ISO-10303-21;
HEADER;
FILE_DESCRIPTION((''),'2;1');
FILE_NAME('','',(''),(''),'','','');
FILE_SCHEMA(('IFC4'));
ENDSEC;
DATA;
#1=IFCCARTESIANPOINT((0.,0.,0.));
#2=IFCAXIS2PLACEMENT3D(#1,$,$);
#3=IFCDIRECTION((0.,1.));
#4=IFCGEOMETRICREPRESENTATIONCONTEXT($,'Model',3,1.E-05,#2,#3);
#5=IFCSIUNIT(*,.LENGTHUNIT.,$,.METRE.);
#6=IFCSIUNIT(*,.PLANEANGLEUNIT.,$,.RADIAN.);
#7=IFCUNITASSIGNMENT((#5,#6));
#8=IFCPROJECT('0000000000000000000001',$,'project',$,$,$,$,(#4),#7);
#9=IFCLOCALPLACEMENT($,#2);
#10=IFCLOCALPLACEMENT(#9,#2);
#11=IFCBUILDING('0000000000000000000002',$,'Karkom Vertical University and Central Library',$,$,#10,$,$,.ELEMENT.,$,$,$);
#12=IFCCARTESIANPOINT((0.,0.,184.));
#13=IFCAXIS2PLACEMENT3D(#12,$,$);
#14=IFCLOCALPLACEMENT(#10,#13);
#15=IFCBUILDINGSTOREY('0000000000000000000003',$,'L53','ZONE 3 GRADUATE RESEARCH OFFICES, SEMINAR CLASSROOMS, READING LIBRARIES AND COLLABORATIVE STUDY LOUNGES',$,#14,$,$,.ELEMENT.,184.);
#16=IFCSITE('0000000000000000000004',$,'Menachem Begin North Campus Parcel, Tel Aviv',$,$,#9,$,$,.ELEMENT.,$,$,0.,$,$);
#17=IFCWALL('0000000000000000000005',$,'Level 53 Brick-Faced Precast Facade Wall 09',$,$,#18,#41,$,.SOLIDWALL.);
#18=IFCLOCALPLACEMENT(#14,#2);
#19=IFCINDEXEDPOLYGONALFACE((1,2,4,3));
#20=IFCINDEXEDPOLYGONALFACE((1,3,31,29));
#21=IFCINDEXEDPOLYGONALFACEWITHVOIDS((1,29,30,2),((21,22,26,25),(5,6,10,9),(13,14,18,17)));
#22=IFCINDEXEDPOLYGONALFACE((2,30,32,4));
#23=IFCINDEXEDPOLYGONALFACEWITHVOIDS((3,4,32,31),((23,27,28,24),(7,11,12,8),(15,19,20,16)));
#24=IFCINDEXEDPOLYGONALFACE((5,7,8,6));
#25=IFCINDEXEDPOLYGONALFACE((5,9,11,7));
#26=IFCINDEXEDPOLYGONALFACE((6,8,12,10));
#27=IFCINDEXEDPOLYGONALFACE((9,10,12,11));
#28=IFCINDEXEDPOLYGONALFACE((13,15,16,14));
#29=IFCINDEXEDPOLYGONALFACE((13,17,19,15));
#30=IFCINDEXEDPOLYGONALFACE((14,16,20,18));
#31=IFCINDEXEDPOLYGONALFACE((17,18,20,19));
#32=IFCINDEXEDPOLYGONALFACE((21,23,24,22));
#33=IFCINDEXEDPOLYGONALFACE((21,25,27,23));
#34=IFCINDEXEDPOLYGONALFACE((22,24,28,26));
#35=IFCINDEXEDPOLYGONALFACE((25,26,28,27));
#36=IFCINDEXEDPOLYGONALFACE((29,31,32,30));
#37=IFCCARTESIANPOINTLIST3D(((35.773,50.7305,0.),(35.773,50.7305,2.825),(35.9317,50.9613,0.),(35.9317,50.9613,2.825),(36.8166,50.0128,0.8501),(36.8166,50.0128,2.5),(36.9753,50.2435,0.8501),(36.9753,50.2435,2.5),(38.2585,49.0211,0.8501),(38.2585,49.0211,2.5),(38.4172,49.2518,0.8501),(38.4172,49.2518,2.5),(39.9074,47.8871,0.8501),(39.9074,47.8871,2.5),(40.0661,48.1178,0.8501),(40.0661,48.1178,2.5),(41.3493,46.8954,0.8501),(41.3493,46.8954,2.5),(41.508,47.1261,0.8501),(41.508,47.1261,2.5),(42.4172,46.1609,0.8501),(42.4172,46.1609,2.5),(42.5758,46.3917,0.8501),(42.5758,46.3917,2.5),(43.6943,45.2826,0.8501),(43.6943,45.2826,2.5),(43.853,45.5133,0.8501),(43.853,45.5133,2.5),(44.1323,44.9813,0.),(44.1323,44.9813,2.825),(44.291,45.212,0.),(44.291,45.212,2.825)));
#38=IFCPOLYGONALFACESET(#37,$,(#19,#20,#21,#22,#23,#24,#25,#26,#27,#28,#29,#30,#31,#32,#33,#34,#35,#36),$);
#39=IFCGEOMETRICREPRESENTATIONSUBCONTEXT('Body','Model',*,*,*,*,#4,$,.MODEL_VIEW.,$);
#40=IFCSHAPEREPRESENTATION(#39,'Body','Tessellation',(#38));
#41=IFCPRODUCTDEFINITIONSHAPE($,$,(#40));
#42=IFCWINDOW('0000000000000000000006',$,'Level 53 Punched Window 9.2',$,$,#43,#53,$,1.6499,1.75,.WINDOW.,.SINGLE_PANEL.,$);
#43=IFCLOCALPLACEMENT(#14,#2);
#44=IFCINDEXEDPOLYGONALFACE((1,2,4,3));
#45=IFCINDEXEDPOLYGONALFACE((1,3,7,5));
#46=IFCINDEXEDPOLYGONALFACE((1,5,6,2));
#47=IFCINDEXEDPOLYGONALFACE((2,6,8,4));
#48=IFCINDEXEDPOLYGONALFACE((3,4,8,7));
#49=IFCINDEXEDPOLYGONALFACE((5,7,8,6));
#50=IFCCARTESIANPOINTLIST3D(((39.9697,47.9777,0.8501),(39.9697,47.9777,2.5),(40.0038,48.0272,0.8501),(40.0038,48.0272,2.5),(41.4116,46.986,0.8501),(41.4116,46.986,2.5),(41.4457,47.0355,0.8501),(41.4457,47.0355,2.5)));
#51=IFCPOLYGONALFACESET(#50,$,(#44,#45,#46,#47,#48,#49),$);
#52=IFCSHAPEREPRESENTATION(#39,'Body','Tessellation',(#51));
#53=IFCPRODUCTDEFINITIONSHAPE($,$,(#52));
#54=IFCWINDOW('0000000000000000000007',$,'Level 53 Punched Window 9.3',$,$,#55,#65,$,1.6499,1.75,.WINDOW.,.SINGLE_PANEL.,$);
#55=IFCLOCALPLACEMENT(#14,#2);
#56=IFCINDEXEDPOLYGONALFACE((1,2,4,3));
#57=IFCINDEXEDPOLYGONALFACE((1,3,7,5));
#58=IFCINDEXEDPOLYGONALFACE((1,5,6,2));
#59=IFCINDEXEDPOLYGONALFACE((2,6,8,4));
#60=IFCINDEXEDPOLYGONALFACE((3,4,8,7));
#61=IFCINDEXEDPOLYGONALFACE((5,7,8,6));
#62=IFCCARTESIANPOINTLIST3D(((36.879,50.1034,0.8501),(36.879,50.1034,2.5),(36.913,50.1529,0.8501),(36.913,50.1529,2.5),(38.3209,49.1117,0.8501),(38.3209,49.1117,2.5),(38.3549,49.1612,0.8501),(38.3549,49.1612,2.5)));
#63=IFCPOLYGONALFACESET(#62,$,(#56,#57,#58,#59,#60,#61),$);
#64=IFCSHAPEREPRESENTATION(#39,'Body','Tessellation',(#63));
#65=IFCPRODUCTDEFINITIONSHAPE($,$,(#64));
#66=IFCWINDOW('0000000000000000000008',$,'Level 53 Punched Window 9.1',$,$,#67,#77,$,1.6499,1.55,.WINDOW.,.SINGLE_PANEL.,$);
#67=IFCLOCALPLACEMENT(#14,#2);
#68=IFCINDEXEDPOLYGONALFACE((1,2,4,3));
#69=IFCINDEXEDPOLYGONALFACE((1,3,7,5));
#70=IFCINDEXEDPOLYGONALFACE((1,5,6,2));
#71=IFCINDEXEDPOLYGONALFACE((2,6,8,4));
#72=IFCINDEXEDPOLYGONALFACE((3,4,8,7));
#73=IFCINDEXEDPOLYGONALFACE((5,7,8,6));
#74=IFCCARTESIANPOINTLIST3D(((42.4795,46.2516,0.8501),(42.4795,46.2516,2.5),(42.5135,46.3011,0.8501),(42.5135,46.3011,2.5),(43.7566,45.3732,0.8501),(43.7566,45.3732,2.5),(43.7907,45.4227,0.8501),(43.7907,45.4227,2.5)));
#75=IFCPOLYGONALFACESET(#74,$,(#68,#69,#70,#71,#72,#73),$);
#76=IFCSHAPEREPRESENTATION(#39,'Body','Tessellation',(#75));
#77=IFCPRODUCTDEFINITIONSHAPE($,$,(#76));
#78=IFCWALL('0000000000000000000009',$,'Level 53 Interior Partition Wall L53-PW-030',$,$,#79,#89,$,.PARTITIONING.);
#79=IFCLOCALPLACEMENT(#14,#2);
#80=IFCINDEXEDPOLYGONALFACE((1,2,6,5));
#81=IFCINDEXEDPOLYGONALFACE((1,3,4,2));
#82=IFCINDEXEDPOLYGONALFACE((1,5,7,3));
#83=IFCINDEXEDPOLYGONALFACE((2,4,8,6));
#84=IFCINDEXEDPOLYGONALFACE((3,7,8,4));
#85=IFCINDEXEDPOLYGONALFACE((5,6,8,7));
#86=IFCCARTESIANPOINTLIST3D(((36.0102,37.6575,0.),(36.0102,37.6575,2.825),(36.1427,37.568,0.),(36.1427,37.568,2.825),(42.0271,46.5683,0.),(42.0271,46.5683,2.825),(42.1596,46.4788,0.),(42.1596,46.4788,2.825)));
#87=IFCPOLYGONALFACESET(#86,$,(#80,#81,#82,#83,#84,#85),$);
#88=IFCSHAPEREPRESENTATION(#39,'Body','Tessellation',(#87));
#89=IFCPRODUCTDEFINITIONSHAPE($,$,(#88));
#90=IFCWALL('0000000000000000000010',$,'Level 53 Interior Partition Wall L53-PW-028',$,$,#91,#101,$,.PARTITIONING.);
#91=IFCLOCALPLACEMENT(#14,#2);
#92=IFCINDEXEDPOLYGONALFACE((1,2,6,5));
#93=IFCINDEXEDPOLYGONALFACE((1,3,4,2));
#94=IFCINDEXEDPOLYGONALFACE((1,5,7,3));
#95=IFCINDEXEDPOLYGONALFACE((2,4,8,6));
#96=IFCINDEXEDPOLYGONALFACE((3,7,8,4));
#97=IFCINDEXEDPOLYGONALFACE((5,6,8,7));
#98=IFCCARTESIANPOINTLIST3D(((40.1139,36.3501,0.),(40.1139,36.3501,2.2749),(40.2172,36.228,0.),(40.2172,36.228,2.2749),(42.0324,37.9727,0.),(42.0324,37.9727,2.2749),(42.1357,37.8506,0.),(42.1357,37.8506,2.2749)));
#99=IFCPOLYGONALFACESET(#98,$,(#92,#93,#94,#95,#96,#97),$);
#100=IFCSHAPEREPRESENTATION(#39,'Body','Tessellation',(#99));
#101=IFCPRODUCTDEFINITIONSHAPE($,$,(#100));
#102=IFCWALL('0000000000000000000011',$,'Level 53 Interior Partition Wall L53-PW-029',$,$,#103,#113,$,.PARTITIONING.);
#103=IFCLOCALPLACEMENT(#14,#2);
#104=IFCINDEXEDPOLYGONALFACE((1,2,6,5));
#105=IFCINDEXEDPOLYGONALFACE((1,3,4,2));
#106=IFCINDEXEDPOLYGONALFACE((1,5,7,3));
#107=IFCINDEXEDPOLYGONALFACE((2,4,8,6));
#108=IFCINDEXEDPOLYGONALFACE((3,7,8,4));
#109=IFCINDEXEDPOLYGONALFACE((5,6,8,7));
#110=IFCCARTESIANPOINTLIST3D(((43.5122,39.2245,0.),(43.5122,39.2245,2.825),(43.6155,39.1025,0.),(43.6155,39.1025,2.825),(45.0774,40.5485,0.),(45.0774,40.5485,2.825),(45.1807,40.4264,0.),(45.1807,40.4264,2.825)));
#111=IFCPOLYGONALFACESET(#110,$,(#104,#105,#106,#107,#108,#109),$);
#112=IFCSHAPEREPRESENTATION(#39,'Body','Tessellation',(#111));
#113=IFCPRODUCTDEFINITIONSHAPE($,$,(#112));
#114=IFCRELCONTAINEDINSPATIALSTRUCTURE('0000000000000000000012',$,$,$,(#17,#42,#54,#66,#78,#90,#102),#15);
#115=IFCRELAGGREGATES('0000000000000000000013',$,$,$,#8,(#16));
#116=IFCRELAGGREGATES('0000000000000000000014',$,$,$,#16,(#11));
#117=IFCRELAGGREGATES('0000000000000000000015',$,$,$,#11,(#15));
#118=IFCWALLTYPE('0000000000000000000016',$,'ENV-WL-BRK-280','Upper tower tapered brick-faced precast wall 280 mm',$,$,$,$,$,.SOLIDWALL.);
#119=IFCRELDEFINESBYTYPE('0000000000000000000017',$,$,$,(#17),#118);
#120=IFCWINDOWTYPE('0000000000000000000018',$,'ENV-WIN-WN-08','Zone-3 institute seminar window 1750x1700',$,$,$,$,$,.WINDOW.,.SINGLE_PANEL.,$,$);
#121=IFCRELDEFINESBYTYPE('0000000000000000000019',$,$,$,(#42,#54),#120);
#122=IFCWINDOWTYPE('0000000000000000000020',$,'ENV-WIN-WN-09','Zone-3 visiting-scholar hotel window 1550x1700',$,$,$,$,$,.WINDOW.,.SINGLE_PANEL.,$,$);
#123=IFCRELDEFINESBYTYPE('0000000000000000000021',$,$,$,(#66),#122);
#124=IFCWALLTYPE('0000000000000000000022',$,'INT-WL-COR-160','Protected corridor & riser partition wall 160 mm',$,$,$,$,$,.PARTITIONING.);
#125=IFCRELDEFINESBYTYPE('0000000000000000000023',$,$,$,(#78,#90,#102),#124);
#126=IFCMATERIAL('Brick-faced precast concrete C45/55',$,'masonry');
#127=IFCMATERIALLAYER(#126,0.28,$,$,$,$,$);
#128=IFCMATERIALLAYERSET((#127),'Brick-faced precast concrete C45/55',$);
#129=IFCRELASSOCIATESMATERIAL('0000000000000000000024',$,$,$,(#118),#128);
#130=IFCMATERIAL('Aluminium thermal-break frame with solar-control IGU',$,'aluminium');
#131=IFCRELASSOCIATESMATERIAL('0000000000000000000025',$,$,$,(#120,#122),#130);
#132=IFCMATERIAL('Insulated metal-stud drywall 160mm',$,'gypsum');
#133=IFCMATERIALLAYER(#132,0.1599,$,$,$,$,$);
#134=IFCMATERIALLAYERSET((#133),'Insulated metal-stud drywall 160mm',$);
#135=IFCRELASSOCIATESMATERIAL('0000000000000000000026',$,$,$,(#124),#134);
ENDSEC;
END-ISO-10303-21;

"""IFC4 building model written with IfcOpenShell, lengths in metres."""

from ifc_helpers import new_model, si_unit, direction, frame, frame_2d, origin, origin_with_axes, place, context, subcontext, project, spatial, rectangle, extrude, source, transform, mapped, material, layer, layer_set, type_object, element, fill, save


model = new_model("IFC4")

# Units and contexts
model_context = context("Model", 3, precision=1e-05, world=origin(), true_north=direction((0.0, 1.0)))
body_context = subcontext(model_context, "Body", "Model", "MODEL_VIEW")
ifc_project = project(units=[si_unit("LENGTHUNIT", "METRE"), si_unit("PLANEANGLEUNIT", "RADIAN")], contexts=[model_context])

# Site, building, storey
site_placement = place(None, origin())
site = spatial("IfcSite", under=ifc_project, at=site_placement, Name="Menachem Begin North Campus Parcel, Tel Aviv", CompositionType="ELEMENT", RefElevation=0.0)
building_placement = place(site_placement, origin())
building = spatial("IfcBuilding", under=site, at=building_placement, Name="Karkom Vertical University and Central Library", CompositionType="ELEMENT")
storey_placement = place(building_placement, frame((0.0, 0.0, 184.0)))
storey = spatial("IfcBuildingStorey", under=building, at=storey_placement, Name="L53", Description="ZONE 3 GRADUATE RESEARCH OFFICES, SEMINAR CLASSROOMS, READING LIBRARIES AND COLLABORATIVE STUDY LOUNGES", CompositionType="ELEMENT", Elevation=184.0)

# Wall, openings, windows
ifc_material_1 = material(Name="Brick-faced precast concrete C45/55", Category="masonry")
ifc_layer_1 = layer(ifc_material_1, 0.28)
ifc_layer_set_1 = layer_set([ifc_layer_1], Name="Brick-faced precast concrete C45/55")
wall_type_1 = type_object("IfcWallType", Name="ENV-WL-BRK-280", Description="Upper tower tapered brick-faced precast wall 280 mm", PredefinedType="SOLIDWALL", material=ifc_layer_set_1)
wall_1_placement = place(storey_placement, frame((44.2117, 45.0967, 0.0), z_axis=(0.0, 0.0, 1.0), x_axis=(-0.823941, 0.566676, 0.0)))
wall_1 = element("IfcWall", 1, at=wall_1_placement, inside=storey, type_object=wall_type_1, Name="Level 53 Brick-Faced Precast Facade Wall 09", PredefinedType="SOLIDWALL", context=body_context, shape_type="SweptSolid", body=[
    extrude(rectangle(XDim=10.1455, YDim=0.28, at=frame_2d((5.0728, 0.0))), origin(), (0.0, 0.0, 1.0), 2.825),
])
opening_1_placement = place(wall_1_placement, frame((0.5317, 0.0, 0.8501)))
opening_1 = element("IfcOpeningElement", 2, at=opening_1_placement, cuts=wall_1, PredefinedType="OPENING", context=body_context, shape_type="SweptSolid", body=[
    extrude(rectangle(XDim=1.55, YDim=1.6499, at=frame_2d((0.7749, 0.825))), frame((0.0, 0.1499, 0.0), z_axis=(0.0, -1.0, 0.0), x_axis=(1.0, 0.0, 0.0)), (0.0, 0.0, 1.0), 0.3),
])
opening_2_placement = place(wall_1_placement, frame((3.3777, 0.0, 0.8501)))
opening_2 = element("IfcOpeningElement", 3, at=opening_2_placement, cuts=wall_1, PredefinedType="OPENING", context=body_context, shape_type="SweptSolid", body=[
    extrude(rectangle(XDim=1.75, YDim=1.6499, at=frame_2d((0.875, 0.825))), frame((0.0, 0.1499, 0.0), z_axis=(0.0, -1.0, 0.0), x_axis=(1.0, 0.0, 0.0)), (0.0, 0.0, 1.0), 0.3),
])
opening_3_placement = place(wall_1_placement, frame((7.1289, 0.0, 0.8501)))
opening_3 = element("IfcOpeningElement", 4, at=opening_3_placement, cuts=wall_1, PredefinedType="OPENING", context=body_context, shape_type="SweptSolid", body=[
    extrude(rectangle(XDim=1.75, YDim=1.6499, at=frame_2d((0.875, 0.825))), frame((0.0, 0.1499, 0.0), z_axis=(0.0, -1.0, 0.0), x_axis=(1.0, 0.0, 0.0)), (0.0, 0.0, 1.0), 0.3),
])
ifc_material_2 = material(Name="Aluminium thermal-break frame with solar-control IGU", Category="aluminium")
window_type_1 = type_object("IfcWindowType", Name="ENV-WIN-WN-08", Description="Zone-3 institute seminar window 1750x1700", PartitioningType="SINGLE_PANEL", PredefinedType="WINDOW", material=ifc_material_2)
shared_shape_1 = source(origin_with_axes(), body_context, "Body", "SweptSolid", [
    extrude(rectangle(XDim=1.75, YDim=1.6499, at=frame_2d((0.875, 0.825))), frame((0.0, 0.03, 0.0), z_axis=(0.0, -1.0, 0.0), x_axis=(1.0, 0.0, 0.0)), (0.0, 0.0, 1.0), 0.0601),
])
window_1_placement = place(opening_2_placement, origin())
window_1 = element("IfcWindow", 5, at=window_1_placement, inside=storey, type_object=window_type_1, Name="Level 53 Punched Window 9.2", OverallHeight=1.6499, OverallWidth=1.75, PartitioningType="SINGLE_PANEL", PredefinedType="WINDOW", context=body_context, shape_type="MappedRepresentation", body=[
    mapped(shared_shape_1, transform((0.0, 0.0, 0.0), scale=1.0)),
])
fill(opening_2, window_1)
window_2_placement = place(opening_3_placement, origin())
window_2 = element("IfcWindow", 6, at=window_2_placement, inside=storey, type_object=window_type_1, Name="Level 53 Punched Window 9.3", OverallHeight=1.6499, OverallWidth=1.75, PartitioningType="SINGLE_PANEL", PredefinedType="WINDOW", context=body_context, shape_type="MappedRepresentation", body=[
    mapped(shared_shape_1, transform((0.0, 0.0, 0.0), scale=1.0)),
])
fill(opening_3, window_2)
window_type_2 = type_object("IfcWindowType", Name="ENV-WIN-WN-09", Description="Zone-3 visiting-scholar hotel window 1550x1700", PartitioningType="SINGLE_PANEL", PredefinedType="WINDOW", material=ifc_material_2)
shared_shape_2 = source(origin_with_axes(), body_context, "Body", "SweptSolid", [
    extrude(rectangle(XDim=1.55, YDim=1.6499, at=frame_2d((0.7749, 0.825))), frame((0.0, 0.03, 0.0), z_axis=(0.0, -1.0, 0.0), x_axis=(1.0, 0.0, 0.0)), (0.0, 0.0, 1.0), 0.0601),
])
window_3_placement = place(opening_1_placement, origin())
window_3 = element("IfcWindow", 7, at=window_3_placement, inside=storey, type_object=window_type_2, Name="Level 53 Punched Window 9.1", OverallHeight=1.6499, OverallWidth=1.55, PartitioningType="SINGLE_PANEL", PredefinedType="WINDOW", context=body_context, shape_type="MappedRepresentation", body=[
    mapped(shared_shape_2, transform((0.0, 0.0, 0.0), scale=1.0)),
])
fill(opening_1, window_3)

# Shared definitions
ifc_material_3 = material(Name="Insulated metal-stud drywall 160mm", Category="gypsum")
ifc_layer_2 = layer(ifc_material_3, 0.1599)
ifc_layer_set_2 = layer_set([ifc_layer_2], Name="Insulated metal-stud drywall 160mm")
wall_type_2 = type_object("IfcWallType", Name="INT-WL-COR-160", Description="Protected corridor & riser partition wall 160 mm", PredefinedType="PARTITIONING", material=ifc_layer_set_2)

# Walls
wall_2_placement = place(storey_placement, frame((36.0764, 37.6128, 0.0), z_axis=(0.0, 0.0, 1.0), x_axis=(0.559611, 0.828755, 0.0)))
element("IfcWall", 8, at=wall_2_placement, inside=storey, type_object=wall_type_2, Name="Level 53 Interior Partition Wall L53-PW-030", PredefinedType="PARTITIONING", context=body_context, shape_type="SweptSolid", body=[
    extrude(rectangle(XDim=10.752, YDim=0.1599, at=frame_2d((5.376, 0.0))), origin(), (0.0, 0.0, 1.0), 2.825),
])
wall_3_placement = place(storey_placement, frame((40.1655, 36.2891, 0.0), z_axis=(0.0, 0.0, 1.0), x_axis=(0.763534, 0.645768, 0.0)))
element("IfcWall", 9, at=wall_3_placement, inside=storey, type_object=wall_type_2, Name="Level 53 Interior Partition Wall L53-PW-028", PredefinedType="PARTITIONING", context=body_context, shape_type="SweptSolid", body=[
    extrude(rectangle(XDim=2.5127, YDim=0.1599, at=frame_2d((1.2563, 0.0))), origin(), (0.0, 0.0, 1.0), 2.2749),
])
wall_4_placement = place(storey_placement, frame((43.564, 39.1636, 0.0), z_axis=(0.0, 0.0, 1.0), x_axis=(0.763486, 0.645825, 0.0)))
element("IfcWall", 10, at=wall_4_placement, inside=storey, type_object=wall_type_2, Name="Level 53 Interior Partition Wall L53-PW-029", PredefinedType="PARTITIONING", context=body_context, shape_type="SweptSolid", body=[
    extrude(rectangle(XDim=2.05, YDim=0.1599, at=frame_2d((1.0249, 0.0))), origin(), (0.0, 0.0, 1.0), 2.825),
])

save(model, "model.ifc")
